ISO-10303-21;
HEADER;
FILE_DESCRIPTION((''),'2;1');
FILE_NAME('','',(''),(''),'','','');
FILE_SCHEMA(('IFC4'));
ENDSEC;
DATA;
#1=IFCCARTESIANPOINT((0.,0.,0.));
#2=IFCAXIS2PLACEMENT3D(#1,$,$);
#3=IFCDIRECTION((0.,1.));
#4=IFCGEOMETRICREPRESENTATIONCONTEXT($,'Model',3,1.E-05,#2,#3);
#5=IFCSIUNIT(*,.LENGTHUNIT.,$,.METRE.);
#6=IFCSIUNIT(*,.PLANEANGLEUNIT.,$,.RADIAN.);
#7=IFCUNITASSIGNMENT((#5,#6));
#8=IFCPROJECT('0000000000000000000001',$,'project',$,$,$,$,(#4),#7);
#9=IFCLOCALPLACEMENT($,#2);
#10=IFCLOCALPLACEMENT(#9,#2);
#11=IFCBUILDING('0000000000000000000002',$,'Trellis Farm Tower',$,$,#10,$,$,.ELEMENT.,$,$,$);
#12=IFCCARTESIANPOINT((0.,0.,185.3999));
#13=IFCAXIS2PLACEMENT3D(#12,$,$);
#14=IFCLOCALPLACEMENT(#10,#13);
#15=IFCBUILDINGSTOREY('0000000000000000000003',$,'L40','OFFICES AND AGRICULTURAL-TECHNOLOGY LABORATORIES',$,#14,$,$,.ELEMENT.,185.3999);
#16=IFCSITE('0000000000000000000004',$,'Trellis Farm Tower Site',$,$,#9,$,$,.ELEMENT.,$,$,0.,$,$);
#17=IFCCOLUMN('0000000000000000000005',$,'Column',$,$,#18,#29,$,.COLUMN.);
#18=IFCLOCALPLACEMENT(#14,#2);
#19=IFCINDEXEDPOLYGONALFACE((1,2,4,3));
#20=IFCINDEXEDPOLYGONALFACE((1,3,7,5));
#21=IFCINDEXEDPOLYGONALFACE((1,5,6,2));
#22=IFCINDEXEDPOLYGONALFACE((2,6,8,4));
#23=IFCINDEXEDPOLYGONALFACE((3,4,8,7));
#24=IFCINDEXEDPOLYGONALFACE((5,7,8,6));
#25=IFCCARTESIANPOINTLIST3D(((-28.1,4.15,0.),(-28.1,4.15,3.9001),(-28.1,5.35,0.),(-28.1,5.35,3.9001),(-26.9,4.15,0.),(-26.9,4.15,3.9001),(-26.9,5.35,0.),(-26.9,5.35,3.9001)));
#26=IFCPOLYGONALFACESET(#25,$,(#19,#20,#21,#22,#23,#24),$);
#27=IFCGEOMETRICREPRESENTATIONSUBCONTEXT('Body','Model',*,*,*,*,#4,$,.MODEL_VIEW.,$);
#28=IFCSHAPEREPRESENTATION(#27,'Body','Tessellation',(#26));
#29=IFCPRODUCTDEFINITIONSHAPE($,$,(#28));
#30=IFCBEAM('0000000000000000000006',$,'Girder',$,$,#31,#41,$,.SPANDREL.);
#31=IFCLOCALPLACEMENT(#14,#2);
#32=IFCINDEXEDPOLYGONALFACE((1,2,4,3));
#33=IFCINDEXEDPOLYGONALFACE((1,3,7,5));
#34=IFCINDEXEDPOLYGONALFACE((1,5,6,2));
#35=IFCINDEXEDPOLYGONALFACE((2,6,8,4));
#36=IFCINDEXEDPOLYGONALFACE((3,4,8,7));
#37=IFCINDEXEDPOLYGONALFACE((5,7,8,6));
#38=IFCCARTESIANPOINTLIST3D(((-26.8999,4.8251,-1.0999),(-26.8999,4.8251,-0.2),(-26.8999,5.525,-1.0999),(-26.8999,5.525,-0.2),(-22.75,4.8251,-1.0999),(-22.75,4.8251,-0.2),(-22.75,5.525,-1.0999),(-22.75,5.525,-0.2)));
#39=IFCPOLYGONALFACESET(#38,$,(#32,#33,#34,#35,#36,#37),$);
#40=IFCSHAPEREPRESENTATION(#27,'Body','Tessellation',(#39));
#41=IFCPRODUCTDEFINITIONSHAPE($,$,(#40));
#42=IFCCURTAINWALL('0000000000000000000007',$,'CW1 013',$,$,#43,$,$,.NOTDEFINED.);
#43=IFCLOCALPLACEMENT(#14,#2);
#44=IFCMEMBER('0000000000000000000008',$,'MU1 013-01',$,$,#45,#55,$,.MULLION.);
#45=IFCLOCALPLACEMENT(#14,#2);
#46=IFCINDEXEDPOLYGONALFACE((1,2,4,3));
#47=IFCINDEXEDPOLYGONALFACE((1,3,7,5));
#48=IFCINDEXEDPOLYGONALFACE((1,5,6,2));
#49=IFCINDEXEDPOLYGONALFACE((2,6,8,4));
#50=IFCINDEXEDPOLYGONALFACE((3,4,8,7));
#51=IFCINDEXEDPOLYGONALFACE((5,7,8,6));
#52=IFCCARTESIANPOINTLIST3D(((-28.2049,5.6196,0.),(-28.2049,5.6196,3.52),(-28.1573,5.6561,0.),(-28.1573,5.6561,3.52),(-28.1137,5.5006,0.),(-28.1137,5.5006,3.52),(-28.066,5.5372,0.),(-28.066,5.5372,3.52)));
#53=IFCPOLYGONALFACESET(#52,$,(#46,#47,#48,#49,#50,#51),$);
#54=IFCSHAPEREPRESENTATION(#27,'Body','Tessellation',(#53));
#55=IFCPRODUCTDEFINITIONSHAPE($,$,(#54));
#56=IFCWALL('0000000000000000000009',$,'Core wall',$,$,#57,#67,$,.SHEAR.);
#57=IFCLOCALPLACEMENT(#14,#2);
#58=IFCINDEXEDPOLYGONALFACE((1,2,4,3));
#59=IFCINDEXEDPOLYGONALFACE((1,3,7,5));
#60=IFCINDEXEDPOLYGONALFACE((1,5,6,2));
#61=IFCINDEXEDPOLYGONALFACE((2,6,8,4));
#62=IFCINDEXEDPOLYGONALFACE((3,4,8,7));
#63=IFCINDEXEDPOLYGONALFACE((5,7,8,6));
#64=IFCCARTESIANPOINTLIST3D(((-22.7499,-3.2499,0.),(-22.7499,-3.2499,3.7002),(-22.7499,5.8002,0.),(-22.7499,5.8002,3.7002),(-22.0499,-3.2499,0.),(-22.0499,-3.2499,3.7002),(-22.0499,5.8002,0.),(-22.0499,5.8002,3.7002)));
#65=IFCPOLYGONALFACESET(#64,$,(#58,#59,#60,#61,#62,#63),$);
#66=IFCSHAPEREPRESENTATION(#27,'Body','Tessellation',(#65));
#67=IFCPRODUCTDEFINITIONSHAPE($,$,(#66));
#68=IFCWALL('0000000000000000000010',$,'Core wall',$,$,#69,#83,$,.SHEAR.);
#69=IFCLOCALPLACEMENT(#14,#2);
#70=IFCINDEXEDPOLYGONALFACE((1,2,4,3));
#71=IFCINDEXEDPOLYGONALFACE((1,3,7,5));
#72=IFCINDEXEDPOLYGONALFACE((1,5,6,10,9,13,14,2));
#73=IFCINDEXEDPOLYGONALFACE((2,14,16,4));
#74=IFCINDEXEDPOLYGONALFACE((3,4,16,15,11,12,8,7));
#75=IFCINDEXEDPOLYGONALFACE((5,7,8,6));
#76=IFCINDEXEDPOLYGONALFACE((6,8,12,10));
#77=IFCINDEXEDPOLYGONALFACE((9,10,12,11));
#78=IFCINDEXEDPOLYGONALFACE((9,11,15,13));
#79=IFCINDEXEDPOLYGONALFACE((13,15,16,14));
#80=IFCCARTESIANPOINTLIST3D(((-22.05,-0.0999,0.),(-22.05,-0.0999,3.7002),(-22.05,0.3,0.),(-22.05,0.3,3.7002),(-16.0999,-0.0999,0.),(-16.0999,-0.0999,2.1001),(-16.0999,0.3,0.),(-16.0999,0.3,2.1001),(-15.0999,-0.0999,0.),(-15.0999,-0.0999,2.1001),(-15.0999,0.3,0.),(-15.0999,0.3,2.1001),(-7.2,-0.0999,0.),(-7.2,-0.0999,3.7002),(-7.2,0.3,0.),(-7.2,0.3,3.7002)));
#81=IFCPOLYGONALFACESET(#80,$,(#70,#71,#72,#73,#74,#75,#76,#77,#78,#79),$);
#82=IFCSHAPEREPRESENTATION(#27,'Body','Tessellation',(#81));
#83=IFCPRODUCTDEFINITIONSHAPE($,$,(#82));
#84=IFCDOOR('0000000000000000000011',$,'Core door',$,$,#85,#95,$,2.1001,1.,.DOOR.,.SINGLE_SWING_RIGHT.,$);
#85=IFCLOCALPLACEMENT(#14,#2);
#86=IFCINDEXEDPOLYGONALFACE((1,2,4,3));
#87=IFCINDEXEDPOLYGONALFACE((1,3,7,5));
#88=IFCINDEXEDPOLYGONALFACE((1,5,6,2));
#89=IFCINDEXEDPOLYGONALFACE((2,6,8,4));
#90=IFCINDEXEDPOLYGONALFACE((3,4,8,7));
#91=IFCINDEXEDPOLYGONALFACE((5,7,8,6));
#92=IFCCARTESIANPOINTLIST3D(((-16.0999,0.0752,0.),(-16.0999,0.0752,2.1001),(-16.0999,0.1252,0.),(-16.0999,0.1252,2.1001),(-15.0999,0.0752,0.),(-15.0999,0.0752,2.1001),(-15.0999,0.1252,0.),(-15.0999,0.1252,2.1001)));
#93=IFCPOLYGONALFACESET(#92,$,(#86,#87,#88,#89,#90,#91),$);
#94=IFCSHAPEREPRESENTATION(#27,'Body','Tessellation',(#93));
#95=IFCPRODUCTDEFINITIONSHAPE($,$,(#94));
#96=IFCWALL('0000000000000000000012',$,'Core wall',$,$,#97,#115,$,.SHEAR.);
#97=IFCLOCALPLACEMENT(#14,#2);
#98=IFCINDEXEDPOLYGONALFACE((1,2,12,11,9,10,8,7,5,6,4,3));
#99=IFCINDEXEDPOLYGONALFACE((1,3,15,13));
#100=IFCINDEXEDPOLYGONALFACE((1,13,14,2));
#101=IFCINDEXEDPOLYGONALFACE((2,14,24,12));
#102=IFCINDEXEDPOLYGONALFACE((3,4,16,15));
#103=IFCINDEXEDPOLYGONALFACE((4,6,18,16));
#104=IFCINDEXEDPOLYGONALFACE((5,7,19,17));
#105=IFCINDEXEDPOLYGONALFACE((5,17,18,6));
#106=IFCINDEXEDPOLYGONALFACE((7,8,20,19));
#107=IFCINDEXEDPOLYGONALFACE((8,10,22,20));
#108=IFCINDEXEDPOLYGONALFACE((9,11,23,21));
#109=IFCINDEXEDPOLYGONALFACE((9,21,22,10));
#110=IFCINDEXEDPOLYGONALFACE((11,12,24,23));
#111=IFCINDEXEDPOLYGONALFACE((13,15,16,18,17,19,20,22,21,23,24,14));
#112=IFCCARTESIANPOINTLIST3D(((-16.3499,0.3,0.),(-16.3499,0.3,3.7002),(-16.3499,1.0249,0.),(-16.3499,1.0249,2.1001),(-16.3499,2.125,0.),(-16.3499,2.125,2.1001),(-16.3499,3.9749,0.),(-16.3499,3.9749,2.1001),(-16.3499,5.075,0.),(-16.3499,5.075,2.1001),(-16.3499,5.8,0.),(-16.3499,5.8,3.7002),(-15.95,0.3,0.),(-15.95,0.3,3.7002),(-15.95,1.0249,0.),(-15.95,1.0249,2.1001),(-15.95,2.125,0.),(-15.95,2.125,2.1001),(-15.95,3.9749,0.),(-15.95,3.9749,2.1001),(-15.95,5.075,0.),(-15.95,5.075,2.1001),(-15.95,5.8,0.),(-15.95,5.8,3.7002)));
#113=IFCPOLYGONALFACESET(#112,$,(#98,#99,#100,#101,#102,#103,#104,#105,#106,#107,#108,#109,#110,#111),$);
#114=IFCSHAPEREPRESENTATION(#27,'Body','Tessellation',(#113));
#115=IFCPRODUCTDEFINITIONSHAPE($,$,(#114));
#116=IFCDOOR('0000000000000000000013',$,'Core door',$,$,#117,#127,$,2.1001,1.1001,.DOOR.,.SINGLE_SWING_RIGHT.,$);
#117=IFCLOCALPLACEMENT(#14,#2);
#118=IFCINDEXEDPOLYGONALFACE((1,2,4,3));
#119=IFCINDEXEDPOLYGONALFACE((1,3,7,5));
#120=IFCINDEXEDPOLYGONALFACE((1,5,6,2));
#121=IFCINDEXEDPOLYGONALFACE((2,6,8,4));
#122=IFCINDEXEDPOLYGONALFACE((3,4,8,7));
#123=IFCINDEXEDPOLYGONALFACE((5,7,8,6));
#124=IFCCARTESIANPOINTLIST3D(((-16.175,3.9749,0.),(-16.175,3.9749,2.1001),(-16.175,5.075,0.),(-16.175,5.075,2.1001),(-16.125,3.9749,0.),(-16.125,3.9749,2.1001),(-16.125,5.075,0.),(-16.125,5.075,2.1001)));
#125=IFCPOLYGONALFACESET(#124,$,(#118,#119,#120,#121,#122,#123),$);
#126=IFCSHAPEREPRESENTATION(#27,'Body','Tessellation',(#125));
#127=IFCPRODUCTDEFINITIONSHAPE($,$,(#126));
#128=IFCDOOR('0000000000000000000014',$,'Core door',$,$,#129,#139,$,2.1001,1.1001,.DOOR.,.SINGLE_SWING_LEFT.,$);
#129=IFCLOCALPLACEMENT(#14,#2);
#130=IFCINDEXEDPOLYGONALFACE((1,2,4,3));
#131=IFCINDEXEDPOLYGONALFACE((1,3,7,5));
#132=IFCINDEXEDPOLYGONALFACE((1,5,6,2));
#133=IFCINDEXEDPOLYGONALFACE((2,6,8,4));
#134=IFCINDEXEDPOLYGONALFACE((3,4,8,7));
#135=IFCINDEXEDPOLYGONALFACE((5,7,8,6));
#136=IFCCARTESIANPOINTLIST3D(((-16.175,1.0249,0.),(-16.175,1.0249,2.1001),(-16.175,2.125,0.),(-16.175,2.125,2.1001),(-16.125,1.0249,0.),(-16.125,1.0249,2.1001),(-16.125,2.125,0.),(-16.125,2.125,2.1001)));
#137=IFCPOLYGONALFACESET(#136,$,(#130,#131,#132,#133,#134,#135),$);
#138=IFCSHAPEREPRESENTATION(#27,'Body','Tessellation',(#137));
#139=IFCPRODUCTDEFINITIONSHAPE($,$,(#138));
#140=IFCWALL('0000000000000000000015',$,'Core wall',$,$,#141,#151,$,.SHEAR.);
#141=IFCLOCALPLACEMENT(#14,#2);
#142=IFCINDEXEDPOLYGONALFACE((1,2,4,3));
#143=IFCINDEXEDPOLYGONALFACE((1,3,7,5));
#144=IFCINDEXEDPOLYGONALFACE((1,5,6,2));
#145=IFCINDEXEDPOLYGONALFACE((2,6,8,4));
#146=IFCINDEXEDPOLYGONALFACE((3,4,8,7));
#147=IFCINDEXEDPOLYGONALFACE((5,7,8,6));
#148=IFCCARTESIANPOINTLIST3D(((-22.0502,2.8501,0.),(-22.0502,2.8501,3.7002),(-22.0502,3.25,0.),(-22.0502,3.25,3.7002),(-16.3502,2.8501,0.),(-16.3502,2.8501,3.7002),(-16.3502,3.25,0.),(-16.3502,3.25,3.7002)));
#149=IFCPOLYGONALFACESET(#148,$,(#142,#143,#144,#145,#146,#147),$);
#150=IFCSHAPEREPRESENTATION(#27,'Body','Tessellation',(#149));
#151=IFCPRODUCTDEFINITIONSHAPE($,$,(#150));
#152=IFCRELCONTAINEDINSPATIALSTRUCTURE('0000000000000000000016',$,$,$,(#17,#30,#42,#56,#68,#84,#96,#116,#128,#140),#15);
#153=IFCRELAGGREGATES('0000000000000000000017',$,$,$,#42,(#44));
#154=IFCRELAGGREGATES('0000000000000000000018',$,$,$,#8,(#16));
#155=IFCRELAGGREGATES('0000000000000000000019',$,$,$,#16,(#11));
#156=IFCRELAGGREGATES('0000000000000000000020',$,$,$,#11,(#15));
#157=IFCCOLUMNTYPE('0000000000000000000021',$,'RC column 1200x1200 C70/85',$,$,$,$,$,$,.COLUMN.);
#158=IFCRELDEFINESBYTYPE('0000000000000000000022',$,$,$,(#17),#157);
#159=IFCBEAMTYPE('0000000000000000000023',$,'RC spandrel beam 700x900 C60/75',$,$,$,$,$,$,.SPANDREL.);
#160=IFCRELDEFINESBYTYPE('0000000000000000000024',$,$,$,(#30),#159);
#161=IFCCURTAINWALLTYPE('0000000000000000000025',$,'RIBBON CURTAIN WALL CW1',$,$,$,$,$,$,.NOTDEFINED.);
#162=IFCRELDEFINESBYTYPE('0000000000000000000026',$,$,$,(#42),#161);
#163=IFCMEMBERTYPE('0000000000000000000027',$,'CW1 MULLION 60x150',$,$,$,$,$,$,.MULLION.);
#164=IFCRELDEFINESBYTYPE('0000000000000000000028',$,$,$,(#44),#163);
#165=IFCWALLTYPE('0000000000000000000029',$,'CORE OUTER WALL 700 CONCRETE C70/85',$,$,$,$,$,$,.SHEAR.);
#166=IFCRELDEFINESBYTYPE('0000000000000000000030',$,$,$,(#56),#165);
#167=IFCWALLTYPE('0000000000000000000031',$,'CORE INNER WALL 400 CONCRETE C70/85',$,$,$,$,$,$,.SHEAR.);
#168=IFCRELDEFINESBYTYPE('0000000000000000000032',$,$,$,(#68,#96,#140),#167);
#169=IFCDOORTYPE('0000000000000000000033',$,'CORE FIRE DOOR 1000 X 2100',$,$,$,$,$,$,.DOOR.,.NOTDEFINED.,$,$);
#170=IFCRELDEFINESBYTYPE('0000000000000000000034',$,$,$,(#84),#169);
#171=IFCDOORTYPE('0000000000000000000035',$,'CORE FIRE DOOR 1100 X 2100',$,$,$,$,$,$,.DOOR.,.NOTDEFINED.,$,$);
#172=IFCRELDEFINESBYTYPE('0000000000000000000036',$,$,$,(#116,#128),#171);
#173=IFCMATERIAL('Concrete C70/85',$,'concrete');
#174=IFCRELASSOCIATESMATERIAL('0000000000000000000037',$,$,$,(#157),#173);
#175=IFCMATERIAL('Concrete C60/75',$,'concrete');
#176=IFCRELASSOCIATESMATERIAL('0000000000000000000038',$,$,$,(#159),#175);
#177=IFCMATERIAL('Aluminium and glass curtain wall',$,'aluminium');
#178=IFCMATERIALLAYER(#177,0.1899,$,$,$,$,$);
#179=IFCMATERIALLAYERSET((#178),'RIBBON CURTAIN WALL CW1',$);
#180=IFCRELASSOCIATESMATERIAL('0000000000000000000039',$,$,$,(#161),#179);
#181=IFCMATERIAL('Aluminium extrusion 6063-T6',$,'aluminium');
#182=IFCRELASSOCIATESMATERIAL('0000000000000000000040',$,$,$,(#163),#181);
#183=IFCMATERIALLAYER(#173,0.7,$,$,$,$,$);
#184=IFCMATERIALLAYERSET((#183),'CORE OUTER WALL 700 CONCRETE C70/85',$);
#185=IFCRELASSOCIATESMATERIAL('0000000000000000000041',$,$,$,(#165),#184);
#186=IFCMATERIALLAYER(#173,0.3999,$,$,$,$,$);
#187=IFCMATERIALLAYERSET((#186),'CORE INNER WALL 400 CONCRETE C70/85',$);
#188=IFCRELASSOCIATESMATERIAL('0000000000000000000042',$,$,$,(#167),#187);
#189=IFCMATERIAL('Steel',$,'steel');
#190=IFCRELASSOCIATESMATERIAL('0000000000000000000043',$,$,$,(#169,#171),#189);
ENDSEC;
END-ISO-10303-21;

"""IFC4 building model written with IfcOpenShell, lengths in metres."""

from ifc_helpers import new_model, si_unit, direction, frame, frame_2d, origin, origin_2d, place, context, subcontext, project, spatial, rectangle, extrude, source, transform, mapped, material, layer, layer_set, material_profile, profile_set, type_object, element, fill, aggregate, save


model = new_model("IFC4")

# Units and contexts
model_context = context("Model", 3, precision=1e-05, world=origin(), true_north=direction((0.0, 1.0)))
body_context = subcontext(model_context, "Body", "Model", "MODEL_VIEW")
ifc_project = project(units=[si_unit("LENGTHUNIT", "METRE"), si_unit("PLANEANGLEUNIT", "RADIAN")], contexts=[model_context])

# Site, building, storey
site_placement = place(None, origin())
site = spatial("IfcSite", under=ifc_project, at=site_placement, Name="Trellis Farm Tower Site", CompositionType="ELEMENT", RefElevation=0.0)
building_placement = place(site_placement, origin())
building = spatial("IfcBuilding", under=site, at=building_placement, Name="Trellis Farm Tower", CompositionType="ELEMENT")
storey_placement = place(building_placement, frame((0.0, 0.0, 185.3999)))
storey = spatial("IfcBuildingStorey", under=building, at=storey_placement, Name="L40", Description="OFFICES AND AGRICULTURAL-TECHNOLOGY LABORATORIES", CompositionType="ELEMENT", Elevation=185.3999)

# Column
ifc_material_1 = material(Name="Concrete C70/85", Category="concrete")
ifc_material_profile_1 = material_profile(ifc_material_1, rectangle(XDim=1.2, YDim=1.2, at=origin_2d()), Name="RC column 1200x1200 C70/85")
ifc_profile_set_1 = profile_set([ifc_material_profile_1], Name="Concrete C70/85")
column_type = type_object("IfcColumnType", Name="RC column 1200x1200 C70/85", PredefinedType="COLUMN", material=ifc_profile_set_1)
shared_shape_1 = source(origin(), body_context, "Body", "SweptSolid", [
    extrude(rectangle(XDim=1.2, YDim=1.2, at=origin_2d()), origin(), (0.0, 0.0, 1.0), 3.9001),
])
column_placement = place(storey_placement, frame((-27.5, 4.75, 0.0), z_axis=(0.0, 0.0, 1.0), x_axis=(1.0, 0.0, 0.0)))
element("IfcColumn", 1, at=column_placement, inside=storey, type_object=column_type, Name="Column", PredefinedType="COLUMN", context=body_context, shape_type="MappedRepresentation", body=[
    mapped(shared_shape_1, transform((0.0, 0.0, 0.0))),
])

# Beam
ifc_material_2 = material(Name="Concrete C60/75", Category="concrete")
ifc_material_profile_2 = material_profile(ifc_material_2, rectangle(XDim=0.7, YDim=0.8999, at=origin_2d()), Name="RC spandrel beam 700x900 C60/75")
ifc_profile_set_2 = profile_set([ifc_material_profile_2], Name="Concrete C60/75")
beam_type = type_object("IfcBeamType", Name="RC spandrel beam 700x900 C60/75", PredefinedType="SPANDREL", material=ifc_profile_set_2)
shared_shape_2 = source(origin(), body_context, "Body", "SweptSolid", [
    extrude(rectangle(XDim=0.7, YDim=0.8999, at=origin_2d()), origin(), (0.0, 0.0, 1.0), 4.1499),
])
beam_placement = place(storey_placement, frame((-26.8999, 5.175, -0.6499), z_axis=(1.0, 0.0, 0.0), x_axis=(0.0, 1.0, 0.0)))
element("IfcBeam", 2, at=beam_placement, inside=storey, type_object=beam_type, Name="Girder", PredefinedType="SPANDREL", context=body_context, shape_type="MappedRepresentation", body=[
    mapped(shared_shape_2, transform((0.0, 0.0, 0.0))),
])

# Curtain wall, member
ifc_material_3 = material(Name="Aluminium and glass curtain wall", Category="aluminium")
ifc_layer_1 = layer(ifc_material_3, 0.1899)
ifc_layer_set_1 = layer_set([ifc_layer_1], Name="RIBBON CURTAIN WALL CW1")
curtain_wall_type = type_object("IfcCurtainWallType", Name="RIBBON CURTAIN WALL CW1", PredefinedType="NOTDEFINED", material=ifc_layer_set_1)
placement = place(storey_placement, origin())
curtain_wall = element("IfcCurtainWall", 3, at=placement, inside=storey, type_object=curtain_wall_type, Name="CW1 013", PredefinedType="NOTDEFINED")
ifc_material_4 = material(Name="Aluminium extrusion 6063-T6", Category="aluminium")
ifc_material_profile_3 = material_profile(ifc_material_4, rectangle(XDim=0.0601, YDim=0.1499, at=origin_2d()), Name="MULLION 60x150")
ifc_profile_set_3 = profile_set([ifc_material_profile_3], Name="Aluminium extrusion 6063-T6")
member_type = type_object("IfcMemberType", Name="CW1 MULLION 60x150", PredefinedType="MULLION", material=ifc_profile_set_3)
shared_shape_3 = source(origin(), body_context, "Body", "SweptSolid", [
    extrude(rectangle(XDim=0.0601, YDim=0.1499, at=origin_2d()), origin(), (0.0, 0.0, 1.0), 3.52),
])
member_placement = place(storey_placement, frame((-28.1355, 5.5784, 0.0), z_axis=(0.0, 0.0, 1.0), x_axis=(-0.793353, -0.608761, 0.0)))
member = element("IfcMember", 4, at=member_placement, type_object=member_type, Name="MU1 013-01", PredefinedType="MULLION", context=body_context, shape_type="MappedRepresentation", body=[
    mapped(shared_shape_3, transform((0.0, 0.0, 0.0))),
])
aggregate(curtain_wall, [member])

# Wall
ifc_layer_2 = layer(ifc_material_1, 0.7)
ifc_layer_set_2 = layer_set([ifc_layer_2], Name="CORE OUTER WALL 700 CONCRETE C70/85")
wall_type_1 = type_object("IfcWallType", Name="CORE OUTER WALL 700 CONCRETE C70/85", PredefinedType="SHEAR", material=ifc_layer_set_2)
shared_shape_4 = source(origin(), body_context, "Body", "SweptSolid", [
    extrude(rectangle(XDim=9.05, YDim=0.7, at=frame_2d((4.5249, 0.0))), origin(), (0.0, 0.0, 1.0), 3.7002),
])
wall_1_placement = place(storey_placement, frame((-22.3999, 5.8, 0.0), z_axis=(0.0, 0.0, 1.0), x_axis=(0.0, -1.0, 0.0)))
element("IfcWall", 5, at=wall_1_placement, inside=storey, type_object=wall_type_1, Name="Core wall", PredefinedType="SHEAR", context=body_context, shape_type="MappedRepresentation", body=[
    mapped(shared_shape_4, transform((0.0, 0.0, 0.0))),
])

# Wall, opening, door
ifc_layer_3 = layer(ifc_material_1, 0.3999)
ifc_layer_set_3 = layer_set([ifc_layer_3], Name="CORE INNER WALL 400 CONCRETE C70/85")
wall_type_2 = type_object("IfcWallType", Name="CORE INNER WALL 400 CONCRETE C70/85", PredefinedType="SHEAR", material=ifc_layer_set_3)
shared_shape_5 = source(origin(), body_context, "Body", "SweptSolid", [
    extrude(rectangle(XDim=14.8501, YDim=0.3999, at=frame_2d((7.425, 0.0))), origin(), (0.0, 0.0, 1.0), 3.7002),
])
wall_2_placement = place(storey_placement, frame((-7.2, 0.1001, 0.0), z_axis=(0.0, 0.0, 1.0), x_axis=(-1.0, 0.0, 0.0)))
wall_2 = element("IfcWall", 6, at=wall_2_placement, inside=storey, type_object=wall_type_2, Name="Core wall", PredefinedType="SHEAR", context=body_context, shape_type="MappedRepresentation", body=[
    mapped(shared_shape_5, transform((0.0, 0.0, 0.0))),
])
shared_shape_6 = source(origin(), body_context, "Body", "SweptSolid", [
    extrude(rectangle(XDim=1.0, YDim=2.1001, at=frame_2d((0.5, 1.05))), frame((0.0, 0.21, 0.0), z_axis=(0.0, -1.0, 0.0), x_axis=(1.0, 0.0, 0.0)), (0.0, 0.0, 1.0), 0.4199),
])
opening_1_placement = place(wall_2_placement, frame((7.8999, 0.0, 0.0)))
opening_1 = element("IfcOpeningElement", 7, at=opening_1_placement, cuts=wall_2, PredefinedType="OPENING", context=body_context, shape_type="MappedRepresentation", body=[
    mapped(shared_shape_6, transform((0.0, 0.0, 0.0))),
])
ifc_material_5 = material(Name="Steel", Category="steel")
door_type_1 = type_object("IfcDoorType", Name="CORE FIRE DOOR 1000 X 2100", OperationType="NOTDEFINED", PredefinedType="DOOR", material=ifc_material_5)
shared_shape_7 = source(origin(), body_context, "Body", "SweptSolid", [
    extrude(rectangle(XDim=1.0, YDim=2.1001, at=frame_2d((0.5, 1.05))), frame((0.0, 0.0249, 0.0), z_axis=(0.0, -1.0, 0.0), x_axis=(1.0, 0.0, 0.0)), (0.0, 0.0, 1.0), 0.05),
])
door_1_placement = place(opening_1_placement, origin())
door_1 = element("IfcDoor", 8, at=door_1_placement, inside=storey, type_object=door_type_1, Name="Core door", OperationType="SINGLE_SWING_RIGHT", OverallHeight=2.1001, OverallWidth=1.0, PredefinedType="DOOR", context=body_context, shape_type="MappedRepresentation", body=[
    mapped(shared_shape_7, transform((0.0, 0.0, 0.0))),
])
fill(opening_1, door_1)

# Wall, openings, doors
shared_shape_8 = source(origin(), body_context, "Body", "SweptSolid", [
    extrude(rectangle(XDim=5.5, YDim=0.3999, at=frame_2d((2.75, 0.0))), origin(), (0.0, 0.0, 1.0), 3.7002),
])
wall_3_placement = place(storey_placement, frame((-16.1499, 5.8, 0.0), z_axis=(0.0, 0.0, 1.0), x_axis=(0.0, -1.0, 0.0)))
wall_3 = element("IfcWall", 9, at=wall_3_placement, inside=storey, type_object=wall_type_2, Name="Core wall", PredefinedType="SHEAR", context=body_context, shape_type="MappedRepresentation", body=[
    mapped(shared_shape_8, transform((0.0, 0.0, 0.0))),
])
shared_shape_9 = source(origin(), body_context, "Body", "SweptSolid", [
    extrude(rectangle(XDim=1.1001, YDim=2.1001, at=frame_2d((0.55, 1.05))), frame((0.0, 0.21, 0.0), z_axis=(0.0, -1.0, 0.0), x_axis=(1.0, 0.0, 0.0)), (0.0, 0.0, 1.0), 0.4199),
])
opening_2_placement = place(wall_3_placement, frame((0.7251, 0.0, 0.0)))
opening_2 = element("IfcOpeningElement", 10, at=opening_2_placement, cuts=wall_3, PredefinedType="OPENING", context=body_context, shape_type="MappedRepresentation", body=[
    mapped(shared_shape_9, transform((0.0, 0.0, 0.0))),
])
opening_3_placement = place(wall_3_placement, frame((3.675, 0.0, 0.0)))
opening_3 = element("IfcOpeningElement", 11, at=opening_3_placement, cuts=wall_3, PredefinedType="OPENING", context=body_context, shape_type="MappedRepresentation", body=[
    mapped(shared_shape_9, transform((0.0, 0.0, 0.0))),
])
door_type_2 = type_object("IfcDoorType", Name="CORE FIRE DOOR 1100 X 2100", OperationType="NOTDEFINED", PredefinedType="DOOR", material=ifc_material_5)
shared_shape_10 = source(origin(), body_context, "Body", "SweptSolid", [
    extrude(rectangle(XDim=1.1001, YDim=2.1001, at=frame_2d((0.55, 1.05))), frame((0.0, 0.0249, 0.0), z_axis=(0.0, -1.0, 0.0), x_axis=(1.0, 0.0, 0.0)), (0.0, 0.0, 1.0), 0.05),
])
door_2_placement = place(opening_2_placement, origin())
door_2 = element("IfcDoor", 12, at=door_2_placement, inside=storey, type_object=door_type_2, Name="Core door", OperationType="SINGLE_SWING_RIGHT", OverallHeight=2.1001, OverallWidth=1.1001, PredefinedType="DOOR", context=body_context, shape_type="MappedRepresentation", body=[
    mapped(shared_shape_10, transform((0.0, 0.0, 0.0))),
])
fill(opening_2, door_2)
door_3_placement = place(opening_3_placement, origin())
door_3 = element("IfcDoor", 13, at=door_3_placement, inside=storey, type_object=door_type_2, Name="Core door", OperationType="SINGLE_SWING_LEFT", OverallHeight=2.1001, OverallWidth=1.1001, PredefinedType="DOOR", context=body_context, shape_type="MappedRepresentation", body=[
    mapped(shared_shape_10, transform((0.0, 0.0, 0.0))),
])
fill(opening_3, door_3)

# Wall
shared_shape_11 = source(origin(), body_context, "Body", "SweptSolid", [
    extrude(rectangle(XDim=5.7, YDim=0.3999, at=frame_2d((2.8501, 0.0))), origin(), (0.0, 0.0, 1.0), 3.7002),
])
wall_4_placement = place(storey_placement, frame((-16.3501, 3.05, 0.0), z_axis=(0.0, 0.0, 1.0), x_axis=(-1.0, 0.0, 0.0)))
element("IfcWall", 14, at=wall_4_placement, inside=storey, type_object=wall_type_2, Name="Core wall", PredefinedType="SHEAR", context=body_context, shape_type="MappedRepresentation", body=[
    mapped(shared_shape_11, transform((0.0, 0.0, 0.0))),
])

save(model, "model.ifc")
